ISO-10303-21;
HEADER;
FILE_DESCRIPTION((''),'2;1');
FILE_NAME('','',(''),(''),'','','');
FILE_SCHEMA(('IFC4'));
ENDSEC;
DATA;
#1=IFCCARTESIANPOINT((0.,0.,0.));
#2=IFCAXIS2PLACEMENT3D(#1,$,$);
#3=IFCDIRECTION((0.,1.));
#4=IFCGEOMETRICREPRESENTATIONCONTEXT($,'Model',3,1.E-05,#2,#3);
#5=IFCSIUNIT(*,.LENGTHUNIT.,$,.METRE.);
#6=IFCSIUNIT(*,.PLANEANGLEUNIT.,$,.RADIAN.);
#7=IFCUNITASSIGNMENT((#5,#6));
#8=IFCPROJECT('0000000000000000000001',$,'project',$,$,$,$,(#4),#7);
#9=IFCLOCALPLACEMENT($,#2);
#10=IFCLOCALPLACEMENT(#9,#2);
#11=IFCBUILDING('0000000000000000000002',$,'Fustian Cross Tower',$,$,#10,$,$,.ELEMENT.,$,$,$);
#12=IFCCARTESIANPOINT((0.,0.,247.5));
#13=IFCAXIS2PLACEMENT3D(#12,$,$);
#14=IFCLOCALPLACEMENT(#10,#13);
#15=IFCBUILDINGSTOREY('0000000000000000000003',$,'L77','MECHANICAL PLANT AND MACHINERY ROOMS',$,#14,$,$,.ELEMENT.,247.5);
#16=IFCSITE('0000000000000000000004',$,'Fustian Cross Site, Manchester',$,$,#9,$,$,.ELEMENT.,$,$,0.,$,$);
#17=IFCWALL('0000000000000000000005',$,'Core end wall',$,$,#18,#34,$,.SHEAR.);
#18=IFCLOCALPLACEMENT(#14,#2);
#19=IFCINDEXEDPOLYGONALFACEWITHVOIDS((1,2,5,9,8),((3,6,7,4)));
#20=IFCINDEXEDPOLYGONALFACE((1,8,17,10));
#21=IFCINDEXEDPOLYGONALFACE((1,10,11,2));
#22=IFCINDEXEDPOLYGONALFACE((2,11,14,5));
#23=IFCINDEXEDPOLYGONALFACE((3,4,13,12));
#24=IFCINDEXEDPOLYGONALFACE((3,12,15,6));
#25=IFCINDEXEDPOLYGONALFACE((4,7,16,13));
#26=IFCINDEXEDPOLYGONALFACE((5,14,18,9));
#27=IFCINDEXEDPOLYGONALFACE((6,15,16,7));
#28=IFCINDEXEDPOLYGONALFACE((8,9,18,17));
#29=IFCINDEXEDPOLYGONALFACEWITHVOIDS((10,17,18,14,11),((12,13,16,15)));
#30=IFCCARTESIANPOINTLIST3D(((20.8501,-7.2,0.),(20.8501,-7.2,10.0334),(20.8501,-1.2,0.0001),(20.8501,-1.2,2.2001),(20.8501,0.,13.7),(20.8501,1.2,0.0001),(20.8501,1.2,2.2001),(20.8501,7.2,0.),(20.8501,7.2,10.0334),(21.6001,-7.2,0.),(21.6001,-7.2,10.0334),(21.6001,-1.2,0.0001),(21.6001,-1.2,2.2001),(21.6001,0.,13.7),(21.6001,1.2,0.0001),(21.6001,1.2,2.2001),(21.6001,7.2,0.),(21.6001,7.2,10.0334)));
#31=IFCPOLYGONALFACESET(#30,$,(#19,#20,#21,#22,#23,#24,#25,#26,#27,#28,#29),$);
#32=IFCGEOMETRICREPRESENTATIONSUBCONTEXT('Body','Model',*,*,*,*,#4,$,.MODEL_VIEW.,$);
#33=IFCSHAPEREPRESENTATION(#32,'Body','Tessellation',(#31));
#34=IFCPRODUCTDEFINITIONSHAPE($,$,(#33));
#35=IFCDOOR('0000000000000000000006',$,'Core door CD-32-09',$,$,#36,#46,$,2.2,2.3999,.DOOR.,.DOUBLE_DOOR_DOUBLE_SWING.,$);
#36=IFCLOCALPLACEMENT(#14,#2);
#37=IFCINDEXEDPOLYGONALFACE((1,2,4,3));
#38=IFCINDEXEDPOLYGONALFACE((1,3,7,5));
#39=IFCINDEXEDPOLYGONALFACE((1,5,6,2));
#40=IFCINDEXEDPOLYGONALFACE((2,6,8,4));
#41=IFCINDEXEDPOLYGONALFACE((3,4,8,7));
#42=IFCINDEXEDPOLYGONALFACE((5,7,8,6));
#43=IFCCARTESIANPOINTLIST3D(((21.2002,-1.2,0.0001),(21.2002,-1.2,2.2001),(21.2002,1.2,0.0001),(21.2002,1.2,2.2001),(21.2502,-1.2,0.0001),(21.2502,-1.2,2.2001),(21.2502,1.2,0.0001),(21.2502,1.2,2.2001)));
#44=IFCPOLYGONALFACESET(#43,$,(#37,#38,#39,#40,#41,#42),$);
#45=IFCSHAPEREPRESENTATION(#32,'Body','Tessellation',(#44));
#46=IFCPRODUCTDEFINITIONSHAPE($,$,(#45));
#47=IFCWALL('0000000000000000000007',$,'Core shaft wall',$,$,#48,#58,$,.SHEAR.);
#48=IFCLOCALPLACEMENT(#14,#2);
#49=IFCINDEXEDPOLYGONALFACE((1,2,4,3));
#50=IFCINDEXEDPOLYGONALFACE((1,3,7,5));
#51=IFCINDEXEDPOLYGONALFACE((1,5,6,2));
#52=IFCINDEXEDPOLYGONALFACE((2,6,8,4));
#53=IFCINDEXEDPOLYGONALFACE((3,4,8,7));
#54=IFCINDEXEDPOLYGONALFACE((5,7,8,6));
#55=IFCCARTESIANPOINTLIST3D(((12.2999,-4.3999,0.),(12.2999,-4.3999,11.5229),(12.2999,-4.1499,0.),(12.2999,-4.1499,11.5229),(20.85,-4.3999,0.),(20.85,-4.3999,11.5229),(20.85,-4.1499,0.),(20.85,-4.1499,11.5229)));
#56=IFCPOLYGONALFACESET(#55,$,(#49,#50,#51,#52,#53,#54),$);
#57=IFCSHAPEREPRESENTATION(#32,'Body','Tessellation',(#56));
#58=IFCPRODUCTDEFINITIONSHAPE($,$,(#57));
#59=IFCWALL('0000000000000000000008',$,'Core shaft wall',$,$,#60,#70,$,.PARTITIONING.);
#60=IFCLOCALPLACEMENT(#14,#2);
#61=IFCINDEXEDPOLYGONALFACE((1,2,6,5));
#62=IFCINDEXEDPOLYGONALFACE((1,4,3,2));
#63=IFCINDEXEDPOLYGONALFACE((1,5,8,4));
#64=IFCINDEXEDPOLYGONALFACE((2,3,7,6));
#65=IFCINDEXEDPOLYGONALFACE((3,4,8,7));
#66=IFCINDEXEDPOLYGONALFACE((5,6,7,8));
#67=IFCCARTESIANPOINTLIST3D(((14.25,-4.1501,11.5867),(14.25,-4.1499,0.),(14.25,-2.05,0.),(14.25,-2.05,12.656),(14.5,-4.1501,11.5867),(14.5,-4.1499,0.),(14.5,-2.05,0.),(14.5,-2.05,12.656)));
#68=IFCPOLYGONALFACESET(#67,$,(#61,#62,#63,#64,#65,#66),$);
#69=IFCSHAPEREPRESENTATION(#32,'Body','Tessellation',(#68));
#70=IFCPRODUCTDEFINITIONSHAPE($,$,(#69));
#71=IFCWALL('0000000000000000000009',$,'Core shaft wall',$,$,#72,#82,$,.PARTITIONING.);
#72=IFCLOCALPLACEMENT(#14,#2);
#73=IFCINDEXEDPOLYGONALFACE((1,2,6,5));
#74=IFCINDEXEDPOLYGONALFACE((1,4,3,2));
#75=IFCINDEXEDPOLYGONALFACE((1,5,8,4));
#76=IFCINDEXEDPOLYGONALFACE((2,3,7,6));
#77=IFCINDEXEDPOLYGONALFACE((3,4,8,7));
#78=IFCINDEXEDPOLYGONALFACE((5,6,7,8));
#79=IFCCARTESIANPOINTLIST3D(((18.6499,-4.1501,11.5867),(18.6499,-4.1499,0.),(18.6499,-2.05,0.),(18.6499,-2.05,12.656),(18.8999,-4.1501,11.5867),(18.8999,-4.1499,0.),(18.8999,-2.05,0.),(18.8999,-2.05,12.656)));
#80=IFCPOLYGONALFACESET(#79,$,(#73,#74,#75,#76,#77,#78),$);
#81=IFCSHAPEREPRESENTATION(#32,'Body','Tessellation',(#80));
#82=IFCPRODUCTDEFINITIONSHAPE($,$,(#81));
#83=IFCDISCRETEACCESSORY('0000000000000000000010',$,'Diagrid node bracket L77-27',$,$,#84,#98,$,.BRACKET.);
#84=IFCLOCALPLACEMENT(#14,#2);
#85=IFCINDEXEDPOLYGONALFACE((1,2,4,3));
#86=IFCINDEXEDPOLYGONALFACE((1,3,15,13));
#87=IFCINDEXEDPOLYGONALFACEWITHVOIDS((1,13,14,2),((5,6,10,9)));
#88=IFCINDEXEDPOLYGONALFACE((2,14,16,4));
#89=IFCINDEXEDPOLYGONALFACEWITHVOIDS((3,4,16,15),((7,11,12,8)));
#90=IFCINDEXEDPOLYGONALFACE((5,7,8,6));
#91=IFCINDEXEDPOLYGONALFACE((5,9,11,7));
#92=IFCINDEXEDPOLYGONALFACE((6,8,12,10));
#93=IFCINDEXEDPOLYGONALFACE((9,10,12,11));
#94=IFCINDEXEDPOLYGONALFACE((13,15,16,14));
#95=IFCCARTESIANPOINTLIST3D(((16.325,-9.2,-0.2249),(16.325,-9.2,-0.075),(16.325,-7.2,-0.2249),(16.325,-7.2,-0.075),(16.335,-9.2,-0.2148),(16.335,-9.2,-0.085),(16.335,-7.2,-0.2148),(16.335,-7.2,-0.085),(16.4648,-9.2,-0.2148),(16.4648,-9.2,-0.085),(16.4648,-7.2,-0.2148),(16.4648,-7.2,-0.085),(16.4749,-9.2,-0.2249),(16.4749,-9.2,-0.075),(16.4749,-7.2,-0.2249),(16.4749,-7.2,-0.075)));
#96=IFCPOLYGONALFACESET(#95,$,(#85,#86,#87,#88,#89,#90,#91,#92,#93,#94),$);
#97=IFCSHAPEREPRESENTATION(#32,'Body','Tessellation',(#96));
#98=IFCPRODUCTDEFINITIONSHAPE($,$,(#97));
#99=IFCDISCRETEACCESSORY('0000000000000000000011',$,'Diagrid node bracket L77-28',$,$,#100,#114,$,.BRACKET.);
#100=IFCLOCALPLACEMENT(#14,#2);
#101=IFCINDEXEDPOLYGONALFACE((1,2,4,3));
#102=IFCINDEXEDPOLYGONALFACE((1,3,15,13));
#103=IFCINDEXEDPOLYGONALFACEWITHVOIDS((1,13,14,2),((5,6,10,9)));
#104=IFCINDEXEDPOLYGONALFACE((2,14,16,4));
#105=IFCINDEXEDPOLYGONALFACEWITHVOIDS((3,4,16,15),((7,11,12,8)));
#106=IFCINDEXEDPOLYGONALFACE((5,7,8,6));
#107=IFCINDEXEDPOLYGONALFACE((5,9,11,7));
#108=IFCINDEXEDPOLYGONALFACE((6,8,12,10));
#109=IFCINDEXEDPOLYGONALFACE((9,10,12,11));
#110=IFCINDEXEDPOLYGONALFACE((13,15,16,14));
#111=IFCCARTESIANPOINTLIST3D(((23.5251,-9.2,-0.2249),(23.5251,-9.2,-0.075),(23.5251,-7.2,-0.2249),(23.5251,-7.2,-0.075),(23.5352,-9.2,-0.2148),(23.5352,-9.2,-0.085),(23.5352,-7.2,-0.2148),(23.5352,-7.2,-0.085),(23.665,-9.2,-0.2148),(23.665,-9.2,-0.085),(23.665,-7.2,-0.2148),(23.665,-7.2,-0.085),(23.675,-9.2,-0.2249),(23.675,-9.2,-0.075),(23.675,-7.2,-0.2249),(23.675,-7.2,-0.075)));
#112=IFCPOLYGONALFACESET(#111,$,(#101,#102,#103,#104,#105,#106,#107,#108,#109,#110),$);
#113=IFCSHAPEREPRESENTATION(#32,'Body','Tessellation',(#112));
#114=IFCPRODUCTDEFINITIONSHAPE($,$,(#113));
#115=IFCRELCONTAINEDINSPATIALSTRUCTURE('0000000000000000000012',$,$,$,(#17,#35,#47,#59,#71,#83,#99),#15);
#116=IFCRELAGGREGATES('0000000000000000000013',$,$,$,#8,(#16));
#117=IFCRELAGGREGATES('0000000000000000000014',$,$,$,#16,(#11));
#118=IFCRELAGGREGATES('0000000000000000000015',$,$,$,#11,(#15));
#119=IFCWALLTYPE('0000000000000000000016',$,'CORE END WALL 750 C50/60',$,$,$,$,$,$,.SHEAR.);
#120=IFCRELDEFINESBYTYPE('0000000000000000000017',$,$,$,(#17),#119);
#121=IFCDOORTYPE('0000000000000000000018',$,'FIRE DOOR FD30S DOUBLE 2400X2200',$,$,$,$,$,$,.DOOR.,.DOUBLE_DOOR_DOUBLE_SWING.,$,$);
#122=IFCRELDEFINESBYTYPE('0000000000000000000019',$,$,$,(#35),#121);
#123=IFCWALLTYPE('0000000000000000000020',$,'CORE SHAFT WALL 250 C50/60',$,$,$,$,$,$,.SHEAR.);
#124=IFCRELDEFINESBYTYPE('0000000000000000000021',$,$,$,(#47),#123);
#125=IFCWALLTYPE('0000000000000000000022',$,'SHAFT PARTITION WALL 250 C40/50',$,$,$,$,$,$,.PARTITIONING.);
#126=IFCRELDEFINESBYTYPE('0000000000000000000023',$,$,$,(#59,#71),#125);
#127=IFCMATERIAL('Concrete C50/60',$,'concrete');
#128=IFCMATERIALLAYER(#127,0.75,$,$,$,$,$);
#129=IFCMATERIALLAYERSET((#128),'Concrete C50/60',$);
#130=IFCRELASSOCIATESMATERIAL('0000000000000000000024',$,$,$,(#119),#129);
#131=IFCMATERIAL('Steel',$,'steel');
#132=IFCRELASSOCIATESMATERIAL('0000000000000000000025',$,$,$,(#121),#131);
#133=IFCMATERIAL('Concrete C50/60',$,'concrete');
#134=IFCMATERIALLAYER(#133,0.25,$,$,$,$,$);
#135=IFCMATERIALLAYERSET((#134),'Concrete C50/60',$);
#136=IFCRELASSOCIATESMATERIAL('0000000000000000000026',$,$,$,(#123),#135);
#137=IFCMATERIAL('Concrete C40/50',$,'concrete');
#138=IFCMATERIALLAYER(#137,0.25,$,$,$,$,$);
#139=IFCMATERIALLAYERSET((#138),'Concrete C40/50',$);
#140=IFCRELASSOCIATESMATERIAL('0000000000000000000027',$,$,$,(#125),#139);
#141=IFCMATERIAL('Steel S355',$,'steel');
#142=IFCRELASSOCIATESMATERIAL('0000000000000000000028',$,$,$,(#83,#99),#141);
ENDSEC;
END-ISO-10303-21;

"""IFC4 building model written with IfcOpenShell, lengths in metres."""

from ifc_helpers import new_model, si_unit, direction, frame, frame_2d, origin, origin_2d, place, context, subcontext, project, spatial, polyline, rectangle, hollow_rectangle, outline, extrude, material, layer, layer_set, type_object, element, fill, save


model = new_model("IFC4")

# Units and contexts
model_context = context("Model", 3, precision=1e-05, world=origin(), true_north=direction((0.0, 1.0)))
body_context = subcontext(model_context, "Body", "Model", "MODEL_VIEW")
ifc_project = project(units=[si_unit("LENGTHUNIT", "METRE"), si_unit("PLANEANGLEUNIT", "RADIAN")], contexts=[model_context])

# Site, building, storey
site_placement = place(None, origin())
site = spatial("IfcSite", under=ifc_project, at=site_placement, Name="Fustian Cross Site, Manchester", CompositionType="ELEMENT", RefElevation=0.0)
building_placement = place(site_placement, origin())
building = spatial("IfcBuilding", under=site, at=building_placement, Name="Fustian Cross Tower", CompositionType="ELEMENT")
storey_placement = place(building_placement, frame((0.0, 0.0, 247.5)))
storey = spatial("IfcBuildingStorey", under=building, at=storey_placement, Name="L77", Description="MECHANICAL PLANT AND MACHINERY ROOMS", CompositionType="ELEMENT", Elevation=247.5)

# Wall, opening, door
ifc_material_1 = material(Name="Concrete C50/60", Category="concrete")
ifc_layer_1 = layer(ifc_material_1, 0.75)
ifc_layer_set_1 = layer_set([ifc_layer_1], Name="Concrete C50/60")
wall_type_1 = type_object("IfcWallType", Name="CORE END WALL 750 C50/60", PredefinedType="SHEAR", material=ifc_layer_set_1)
wall_1_placement = place(storey_placement, frame((21.2251, -7.2, 0.0), z_axis=(0.0, 0.0, 1.0), x_axis=(0.0, 1.0, 0.0)))
wall_1 = element("IfcWall", 1, at=wall_1_placement, inside=storey, type_object=wall_type_1, Name="Core end wall", PredefinedType="SHEAR", context=body_context, shape_type="SweptSolid", body=[
    extrude(outline(polyline([(0.0, 0.0), (14.3999, 0.0), (14.3999, 10.0334), (7.2, 13.7), (0.0, 10.0334), (0.0, 0.0)])), frame((0.0, 0.375, 0.0), z_axis=(0.0, -1.0, 0.0), x_axis=(1.0, 0.0, 0.0)), (0.0, 0.0, 1.0), 0.75),
])
opening_1_placement = place(wall_1_placement, frame((6.0, 0.0, 0.0)))
opening_1 = element("IfcOpeningElement", 2, at=opening_1_placement, cuts=wall_1, PredefinedType="OPENING", context=body_context, shape_type="SweptSolid", body=[
    extrude(rectangle(XDim=2.3999, YDim=2.2, at=frame_2d((1.2, 1.1001))), frame((0.0, 0.385, 0.0), z_axis=(0.0, -1.0, 0.0), x_axis=(1.0, 0.0, 0.0)), (0.0, 0.0, 1.0), 0.77),
])
ifc_material_2 = material(Name="Steel", Category="steel")
door_type_1 = type_object("IfcDoorType", Name="FIRE DOOR FD30S DOUBLE 2400X2200", OperationType="DOUBLE_DOOR_DOUBLE_SWING", PredefinedType="DOOR", material=ifc_material_2)
door_1_placement = place(opening_1_placement, origin())
door_1 = element("IfcDoor", 3, at=door_1_placement, inside=storey, type_object=door_type_1, Name="Core door CD-32-09", OperationType="DOUBLE_DOOR_DOUBLE_SWING", OverallHeight=2.2, OverallWidth=2.3999, PredefinedType="DOOR", context=body_context, shape_type="SweptSolid", body=[
    extrude(rectangle(XDim=2.3999, YDim=2.2, at=frame_2d((1.2, 1.1001))), frame((0.0, 0.0249, 0.0), z_axis=(0.0, -1.0, 0.0), x_axis=(1.0, 0.0, 0.0)), (0.0, 0.0, 1.0), 0.05),
])
fill(opening_1, door_1)

# Walls
ifc_material_3 = material(Name="Concrete C50/60", Category="concrete")
ifc_layer_2 = layer(ifc_material_3, 0.25)
ifc_layer_set_2 = layer_set([ifc_layer_2], Name="Concrete C50/60")
wall_type_2 = type_object("IfcWallType", Name="CORE SHAFT WALL 250 C50/60", PredefinedType="SHEAR", material=ifc_layer_set_2)
wall_2_placement = place(storey_placement, frame((12.3, -4.2749, 0.0), z_axis=(0.0, 0.0, 1.0), x_axis=(1.0, 0.0, 0.0)))
element("IfcWall", 4, at=wall_2_placement, inside=storey, type_object=wall_type_2, Name="Core shaft wall", PredefinedType="SHEAR", context=body_context, shape_type="SweptSolid", body=[
    extrude(rectangle(XDim=8.55, YDim=0.25, at=frame_2d((4.2749, 0.0))), origin(), (0.0, 0.0, 1.0), 11.5229),
])
ifc_material_4 = material(Name="Concrete C40/50", Category="concrete")
ifc_layer_3 = layer(ifc_material_4, 0.25)
ifc_layer_set_3 = layer_set([ifc_layer_3], Name="Concrete C40/50")
wall_type_3 = type_object("IfcWallType", Name="SHAFT PARTITION WALL 250 C40/50", PredefinedType="PARTITIONING", material=ifc_layer_set_3)
for number, where, z_axis, x_axis, name in (
    (5, (14.375, -2.05, 0.0), (0.0, 0.0, 1.0), (0.0, -1.0, 0.0), "Core shaft wall"),
    (6, (18.7749, -2.05, 0.0), (0.0, 0.0, 1.0), (0.0, -1.0, 0.0), "Core shaft wall"),
):
    element("IfcWall", number, at=place(storey_placement, frame(where, z_axis=z_axis, x_axis=x_axis)), inside=storey, type_object=wall_type_3, Name=name, PredefinedType="PARTITIONING", context=body_context, shape_type="SweptSolid", body=[
        extrude(outline(polyline([(0.0, 0.0), (2.0999, 0.0), (2.1001, 11.5867), (0.0, 12.656), (0.0, 0.0)])), frame((0.0, 0.125, 0.0), z_axis=(0.0, -1.0, 0.0), x_axis=(1.0, 0.0, 0.0)), (0.0, 0.0, 1.0), 0.25),
    ])

# Discrete accessories
ifc_material_5 = material(Name="Steel S355", Category="steel")
for number, where, z_axis, x_axis, name in (
    (7, (16.3999, -9.2, -0.1499), (0.0, 1.0, 0.0), (-1.0, 0.0, 0.0), "Diagrid node bracket L77-27"),
    (8, (23.6001, -9.2, -0.1499), (0.0, 1.0, 0.0), (-1.0, 0.0, 0.0), "Diagrid node bracket L77-28"),
):
    element("IfcDiscreteAccessory", number, at=place(storey_placement, frame(where, z_axis=z_axis, x_axis=x_axis)), inside=storey, material=ifc_material_5, Name=name, PredefinedType="BRACKET", context=body_context, shape_type="SweptSolid", body=[
        extrude(hollow_rectangle(XDim=0.1499, YDim=0.1499, WallThickness=0.01, at=origin_2d()), origin(), (0.0, 0.0, 1.0), 2.0),
    ])

save(model, "model.ifc")
